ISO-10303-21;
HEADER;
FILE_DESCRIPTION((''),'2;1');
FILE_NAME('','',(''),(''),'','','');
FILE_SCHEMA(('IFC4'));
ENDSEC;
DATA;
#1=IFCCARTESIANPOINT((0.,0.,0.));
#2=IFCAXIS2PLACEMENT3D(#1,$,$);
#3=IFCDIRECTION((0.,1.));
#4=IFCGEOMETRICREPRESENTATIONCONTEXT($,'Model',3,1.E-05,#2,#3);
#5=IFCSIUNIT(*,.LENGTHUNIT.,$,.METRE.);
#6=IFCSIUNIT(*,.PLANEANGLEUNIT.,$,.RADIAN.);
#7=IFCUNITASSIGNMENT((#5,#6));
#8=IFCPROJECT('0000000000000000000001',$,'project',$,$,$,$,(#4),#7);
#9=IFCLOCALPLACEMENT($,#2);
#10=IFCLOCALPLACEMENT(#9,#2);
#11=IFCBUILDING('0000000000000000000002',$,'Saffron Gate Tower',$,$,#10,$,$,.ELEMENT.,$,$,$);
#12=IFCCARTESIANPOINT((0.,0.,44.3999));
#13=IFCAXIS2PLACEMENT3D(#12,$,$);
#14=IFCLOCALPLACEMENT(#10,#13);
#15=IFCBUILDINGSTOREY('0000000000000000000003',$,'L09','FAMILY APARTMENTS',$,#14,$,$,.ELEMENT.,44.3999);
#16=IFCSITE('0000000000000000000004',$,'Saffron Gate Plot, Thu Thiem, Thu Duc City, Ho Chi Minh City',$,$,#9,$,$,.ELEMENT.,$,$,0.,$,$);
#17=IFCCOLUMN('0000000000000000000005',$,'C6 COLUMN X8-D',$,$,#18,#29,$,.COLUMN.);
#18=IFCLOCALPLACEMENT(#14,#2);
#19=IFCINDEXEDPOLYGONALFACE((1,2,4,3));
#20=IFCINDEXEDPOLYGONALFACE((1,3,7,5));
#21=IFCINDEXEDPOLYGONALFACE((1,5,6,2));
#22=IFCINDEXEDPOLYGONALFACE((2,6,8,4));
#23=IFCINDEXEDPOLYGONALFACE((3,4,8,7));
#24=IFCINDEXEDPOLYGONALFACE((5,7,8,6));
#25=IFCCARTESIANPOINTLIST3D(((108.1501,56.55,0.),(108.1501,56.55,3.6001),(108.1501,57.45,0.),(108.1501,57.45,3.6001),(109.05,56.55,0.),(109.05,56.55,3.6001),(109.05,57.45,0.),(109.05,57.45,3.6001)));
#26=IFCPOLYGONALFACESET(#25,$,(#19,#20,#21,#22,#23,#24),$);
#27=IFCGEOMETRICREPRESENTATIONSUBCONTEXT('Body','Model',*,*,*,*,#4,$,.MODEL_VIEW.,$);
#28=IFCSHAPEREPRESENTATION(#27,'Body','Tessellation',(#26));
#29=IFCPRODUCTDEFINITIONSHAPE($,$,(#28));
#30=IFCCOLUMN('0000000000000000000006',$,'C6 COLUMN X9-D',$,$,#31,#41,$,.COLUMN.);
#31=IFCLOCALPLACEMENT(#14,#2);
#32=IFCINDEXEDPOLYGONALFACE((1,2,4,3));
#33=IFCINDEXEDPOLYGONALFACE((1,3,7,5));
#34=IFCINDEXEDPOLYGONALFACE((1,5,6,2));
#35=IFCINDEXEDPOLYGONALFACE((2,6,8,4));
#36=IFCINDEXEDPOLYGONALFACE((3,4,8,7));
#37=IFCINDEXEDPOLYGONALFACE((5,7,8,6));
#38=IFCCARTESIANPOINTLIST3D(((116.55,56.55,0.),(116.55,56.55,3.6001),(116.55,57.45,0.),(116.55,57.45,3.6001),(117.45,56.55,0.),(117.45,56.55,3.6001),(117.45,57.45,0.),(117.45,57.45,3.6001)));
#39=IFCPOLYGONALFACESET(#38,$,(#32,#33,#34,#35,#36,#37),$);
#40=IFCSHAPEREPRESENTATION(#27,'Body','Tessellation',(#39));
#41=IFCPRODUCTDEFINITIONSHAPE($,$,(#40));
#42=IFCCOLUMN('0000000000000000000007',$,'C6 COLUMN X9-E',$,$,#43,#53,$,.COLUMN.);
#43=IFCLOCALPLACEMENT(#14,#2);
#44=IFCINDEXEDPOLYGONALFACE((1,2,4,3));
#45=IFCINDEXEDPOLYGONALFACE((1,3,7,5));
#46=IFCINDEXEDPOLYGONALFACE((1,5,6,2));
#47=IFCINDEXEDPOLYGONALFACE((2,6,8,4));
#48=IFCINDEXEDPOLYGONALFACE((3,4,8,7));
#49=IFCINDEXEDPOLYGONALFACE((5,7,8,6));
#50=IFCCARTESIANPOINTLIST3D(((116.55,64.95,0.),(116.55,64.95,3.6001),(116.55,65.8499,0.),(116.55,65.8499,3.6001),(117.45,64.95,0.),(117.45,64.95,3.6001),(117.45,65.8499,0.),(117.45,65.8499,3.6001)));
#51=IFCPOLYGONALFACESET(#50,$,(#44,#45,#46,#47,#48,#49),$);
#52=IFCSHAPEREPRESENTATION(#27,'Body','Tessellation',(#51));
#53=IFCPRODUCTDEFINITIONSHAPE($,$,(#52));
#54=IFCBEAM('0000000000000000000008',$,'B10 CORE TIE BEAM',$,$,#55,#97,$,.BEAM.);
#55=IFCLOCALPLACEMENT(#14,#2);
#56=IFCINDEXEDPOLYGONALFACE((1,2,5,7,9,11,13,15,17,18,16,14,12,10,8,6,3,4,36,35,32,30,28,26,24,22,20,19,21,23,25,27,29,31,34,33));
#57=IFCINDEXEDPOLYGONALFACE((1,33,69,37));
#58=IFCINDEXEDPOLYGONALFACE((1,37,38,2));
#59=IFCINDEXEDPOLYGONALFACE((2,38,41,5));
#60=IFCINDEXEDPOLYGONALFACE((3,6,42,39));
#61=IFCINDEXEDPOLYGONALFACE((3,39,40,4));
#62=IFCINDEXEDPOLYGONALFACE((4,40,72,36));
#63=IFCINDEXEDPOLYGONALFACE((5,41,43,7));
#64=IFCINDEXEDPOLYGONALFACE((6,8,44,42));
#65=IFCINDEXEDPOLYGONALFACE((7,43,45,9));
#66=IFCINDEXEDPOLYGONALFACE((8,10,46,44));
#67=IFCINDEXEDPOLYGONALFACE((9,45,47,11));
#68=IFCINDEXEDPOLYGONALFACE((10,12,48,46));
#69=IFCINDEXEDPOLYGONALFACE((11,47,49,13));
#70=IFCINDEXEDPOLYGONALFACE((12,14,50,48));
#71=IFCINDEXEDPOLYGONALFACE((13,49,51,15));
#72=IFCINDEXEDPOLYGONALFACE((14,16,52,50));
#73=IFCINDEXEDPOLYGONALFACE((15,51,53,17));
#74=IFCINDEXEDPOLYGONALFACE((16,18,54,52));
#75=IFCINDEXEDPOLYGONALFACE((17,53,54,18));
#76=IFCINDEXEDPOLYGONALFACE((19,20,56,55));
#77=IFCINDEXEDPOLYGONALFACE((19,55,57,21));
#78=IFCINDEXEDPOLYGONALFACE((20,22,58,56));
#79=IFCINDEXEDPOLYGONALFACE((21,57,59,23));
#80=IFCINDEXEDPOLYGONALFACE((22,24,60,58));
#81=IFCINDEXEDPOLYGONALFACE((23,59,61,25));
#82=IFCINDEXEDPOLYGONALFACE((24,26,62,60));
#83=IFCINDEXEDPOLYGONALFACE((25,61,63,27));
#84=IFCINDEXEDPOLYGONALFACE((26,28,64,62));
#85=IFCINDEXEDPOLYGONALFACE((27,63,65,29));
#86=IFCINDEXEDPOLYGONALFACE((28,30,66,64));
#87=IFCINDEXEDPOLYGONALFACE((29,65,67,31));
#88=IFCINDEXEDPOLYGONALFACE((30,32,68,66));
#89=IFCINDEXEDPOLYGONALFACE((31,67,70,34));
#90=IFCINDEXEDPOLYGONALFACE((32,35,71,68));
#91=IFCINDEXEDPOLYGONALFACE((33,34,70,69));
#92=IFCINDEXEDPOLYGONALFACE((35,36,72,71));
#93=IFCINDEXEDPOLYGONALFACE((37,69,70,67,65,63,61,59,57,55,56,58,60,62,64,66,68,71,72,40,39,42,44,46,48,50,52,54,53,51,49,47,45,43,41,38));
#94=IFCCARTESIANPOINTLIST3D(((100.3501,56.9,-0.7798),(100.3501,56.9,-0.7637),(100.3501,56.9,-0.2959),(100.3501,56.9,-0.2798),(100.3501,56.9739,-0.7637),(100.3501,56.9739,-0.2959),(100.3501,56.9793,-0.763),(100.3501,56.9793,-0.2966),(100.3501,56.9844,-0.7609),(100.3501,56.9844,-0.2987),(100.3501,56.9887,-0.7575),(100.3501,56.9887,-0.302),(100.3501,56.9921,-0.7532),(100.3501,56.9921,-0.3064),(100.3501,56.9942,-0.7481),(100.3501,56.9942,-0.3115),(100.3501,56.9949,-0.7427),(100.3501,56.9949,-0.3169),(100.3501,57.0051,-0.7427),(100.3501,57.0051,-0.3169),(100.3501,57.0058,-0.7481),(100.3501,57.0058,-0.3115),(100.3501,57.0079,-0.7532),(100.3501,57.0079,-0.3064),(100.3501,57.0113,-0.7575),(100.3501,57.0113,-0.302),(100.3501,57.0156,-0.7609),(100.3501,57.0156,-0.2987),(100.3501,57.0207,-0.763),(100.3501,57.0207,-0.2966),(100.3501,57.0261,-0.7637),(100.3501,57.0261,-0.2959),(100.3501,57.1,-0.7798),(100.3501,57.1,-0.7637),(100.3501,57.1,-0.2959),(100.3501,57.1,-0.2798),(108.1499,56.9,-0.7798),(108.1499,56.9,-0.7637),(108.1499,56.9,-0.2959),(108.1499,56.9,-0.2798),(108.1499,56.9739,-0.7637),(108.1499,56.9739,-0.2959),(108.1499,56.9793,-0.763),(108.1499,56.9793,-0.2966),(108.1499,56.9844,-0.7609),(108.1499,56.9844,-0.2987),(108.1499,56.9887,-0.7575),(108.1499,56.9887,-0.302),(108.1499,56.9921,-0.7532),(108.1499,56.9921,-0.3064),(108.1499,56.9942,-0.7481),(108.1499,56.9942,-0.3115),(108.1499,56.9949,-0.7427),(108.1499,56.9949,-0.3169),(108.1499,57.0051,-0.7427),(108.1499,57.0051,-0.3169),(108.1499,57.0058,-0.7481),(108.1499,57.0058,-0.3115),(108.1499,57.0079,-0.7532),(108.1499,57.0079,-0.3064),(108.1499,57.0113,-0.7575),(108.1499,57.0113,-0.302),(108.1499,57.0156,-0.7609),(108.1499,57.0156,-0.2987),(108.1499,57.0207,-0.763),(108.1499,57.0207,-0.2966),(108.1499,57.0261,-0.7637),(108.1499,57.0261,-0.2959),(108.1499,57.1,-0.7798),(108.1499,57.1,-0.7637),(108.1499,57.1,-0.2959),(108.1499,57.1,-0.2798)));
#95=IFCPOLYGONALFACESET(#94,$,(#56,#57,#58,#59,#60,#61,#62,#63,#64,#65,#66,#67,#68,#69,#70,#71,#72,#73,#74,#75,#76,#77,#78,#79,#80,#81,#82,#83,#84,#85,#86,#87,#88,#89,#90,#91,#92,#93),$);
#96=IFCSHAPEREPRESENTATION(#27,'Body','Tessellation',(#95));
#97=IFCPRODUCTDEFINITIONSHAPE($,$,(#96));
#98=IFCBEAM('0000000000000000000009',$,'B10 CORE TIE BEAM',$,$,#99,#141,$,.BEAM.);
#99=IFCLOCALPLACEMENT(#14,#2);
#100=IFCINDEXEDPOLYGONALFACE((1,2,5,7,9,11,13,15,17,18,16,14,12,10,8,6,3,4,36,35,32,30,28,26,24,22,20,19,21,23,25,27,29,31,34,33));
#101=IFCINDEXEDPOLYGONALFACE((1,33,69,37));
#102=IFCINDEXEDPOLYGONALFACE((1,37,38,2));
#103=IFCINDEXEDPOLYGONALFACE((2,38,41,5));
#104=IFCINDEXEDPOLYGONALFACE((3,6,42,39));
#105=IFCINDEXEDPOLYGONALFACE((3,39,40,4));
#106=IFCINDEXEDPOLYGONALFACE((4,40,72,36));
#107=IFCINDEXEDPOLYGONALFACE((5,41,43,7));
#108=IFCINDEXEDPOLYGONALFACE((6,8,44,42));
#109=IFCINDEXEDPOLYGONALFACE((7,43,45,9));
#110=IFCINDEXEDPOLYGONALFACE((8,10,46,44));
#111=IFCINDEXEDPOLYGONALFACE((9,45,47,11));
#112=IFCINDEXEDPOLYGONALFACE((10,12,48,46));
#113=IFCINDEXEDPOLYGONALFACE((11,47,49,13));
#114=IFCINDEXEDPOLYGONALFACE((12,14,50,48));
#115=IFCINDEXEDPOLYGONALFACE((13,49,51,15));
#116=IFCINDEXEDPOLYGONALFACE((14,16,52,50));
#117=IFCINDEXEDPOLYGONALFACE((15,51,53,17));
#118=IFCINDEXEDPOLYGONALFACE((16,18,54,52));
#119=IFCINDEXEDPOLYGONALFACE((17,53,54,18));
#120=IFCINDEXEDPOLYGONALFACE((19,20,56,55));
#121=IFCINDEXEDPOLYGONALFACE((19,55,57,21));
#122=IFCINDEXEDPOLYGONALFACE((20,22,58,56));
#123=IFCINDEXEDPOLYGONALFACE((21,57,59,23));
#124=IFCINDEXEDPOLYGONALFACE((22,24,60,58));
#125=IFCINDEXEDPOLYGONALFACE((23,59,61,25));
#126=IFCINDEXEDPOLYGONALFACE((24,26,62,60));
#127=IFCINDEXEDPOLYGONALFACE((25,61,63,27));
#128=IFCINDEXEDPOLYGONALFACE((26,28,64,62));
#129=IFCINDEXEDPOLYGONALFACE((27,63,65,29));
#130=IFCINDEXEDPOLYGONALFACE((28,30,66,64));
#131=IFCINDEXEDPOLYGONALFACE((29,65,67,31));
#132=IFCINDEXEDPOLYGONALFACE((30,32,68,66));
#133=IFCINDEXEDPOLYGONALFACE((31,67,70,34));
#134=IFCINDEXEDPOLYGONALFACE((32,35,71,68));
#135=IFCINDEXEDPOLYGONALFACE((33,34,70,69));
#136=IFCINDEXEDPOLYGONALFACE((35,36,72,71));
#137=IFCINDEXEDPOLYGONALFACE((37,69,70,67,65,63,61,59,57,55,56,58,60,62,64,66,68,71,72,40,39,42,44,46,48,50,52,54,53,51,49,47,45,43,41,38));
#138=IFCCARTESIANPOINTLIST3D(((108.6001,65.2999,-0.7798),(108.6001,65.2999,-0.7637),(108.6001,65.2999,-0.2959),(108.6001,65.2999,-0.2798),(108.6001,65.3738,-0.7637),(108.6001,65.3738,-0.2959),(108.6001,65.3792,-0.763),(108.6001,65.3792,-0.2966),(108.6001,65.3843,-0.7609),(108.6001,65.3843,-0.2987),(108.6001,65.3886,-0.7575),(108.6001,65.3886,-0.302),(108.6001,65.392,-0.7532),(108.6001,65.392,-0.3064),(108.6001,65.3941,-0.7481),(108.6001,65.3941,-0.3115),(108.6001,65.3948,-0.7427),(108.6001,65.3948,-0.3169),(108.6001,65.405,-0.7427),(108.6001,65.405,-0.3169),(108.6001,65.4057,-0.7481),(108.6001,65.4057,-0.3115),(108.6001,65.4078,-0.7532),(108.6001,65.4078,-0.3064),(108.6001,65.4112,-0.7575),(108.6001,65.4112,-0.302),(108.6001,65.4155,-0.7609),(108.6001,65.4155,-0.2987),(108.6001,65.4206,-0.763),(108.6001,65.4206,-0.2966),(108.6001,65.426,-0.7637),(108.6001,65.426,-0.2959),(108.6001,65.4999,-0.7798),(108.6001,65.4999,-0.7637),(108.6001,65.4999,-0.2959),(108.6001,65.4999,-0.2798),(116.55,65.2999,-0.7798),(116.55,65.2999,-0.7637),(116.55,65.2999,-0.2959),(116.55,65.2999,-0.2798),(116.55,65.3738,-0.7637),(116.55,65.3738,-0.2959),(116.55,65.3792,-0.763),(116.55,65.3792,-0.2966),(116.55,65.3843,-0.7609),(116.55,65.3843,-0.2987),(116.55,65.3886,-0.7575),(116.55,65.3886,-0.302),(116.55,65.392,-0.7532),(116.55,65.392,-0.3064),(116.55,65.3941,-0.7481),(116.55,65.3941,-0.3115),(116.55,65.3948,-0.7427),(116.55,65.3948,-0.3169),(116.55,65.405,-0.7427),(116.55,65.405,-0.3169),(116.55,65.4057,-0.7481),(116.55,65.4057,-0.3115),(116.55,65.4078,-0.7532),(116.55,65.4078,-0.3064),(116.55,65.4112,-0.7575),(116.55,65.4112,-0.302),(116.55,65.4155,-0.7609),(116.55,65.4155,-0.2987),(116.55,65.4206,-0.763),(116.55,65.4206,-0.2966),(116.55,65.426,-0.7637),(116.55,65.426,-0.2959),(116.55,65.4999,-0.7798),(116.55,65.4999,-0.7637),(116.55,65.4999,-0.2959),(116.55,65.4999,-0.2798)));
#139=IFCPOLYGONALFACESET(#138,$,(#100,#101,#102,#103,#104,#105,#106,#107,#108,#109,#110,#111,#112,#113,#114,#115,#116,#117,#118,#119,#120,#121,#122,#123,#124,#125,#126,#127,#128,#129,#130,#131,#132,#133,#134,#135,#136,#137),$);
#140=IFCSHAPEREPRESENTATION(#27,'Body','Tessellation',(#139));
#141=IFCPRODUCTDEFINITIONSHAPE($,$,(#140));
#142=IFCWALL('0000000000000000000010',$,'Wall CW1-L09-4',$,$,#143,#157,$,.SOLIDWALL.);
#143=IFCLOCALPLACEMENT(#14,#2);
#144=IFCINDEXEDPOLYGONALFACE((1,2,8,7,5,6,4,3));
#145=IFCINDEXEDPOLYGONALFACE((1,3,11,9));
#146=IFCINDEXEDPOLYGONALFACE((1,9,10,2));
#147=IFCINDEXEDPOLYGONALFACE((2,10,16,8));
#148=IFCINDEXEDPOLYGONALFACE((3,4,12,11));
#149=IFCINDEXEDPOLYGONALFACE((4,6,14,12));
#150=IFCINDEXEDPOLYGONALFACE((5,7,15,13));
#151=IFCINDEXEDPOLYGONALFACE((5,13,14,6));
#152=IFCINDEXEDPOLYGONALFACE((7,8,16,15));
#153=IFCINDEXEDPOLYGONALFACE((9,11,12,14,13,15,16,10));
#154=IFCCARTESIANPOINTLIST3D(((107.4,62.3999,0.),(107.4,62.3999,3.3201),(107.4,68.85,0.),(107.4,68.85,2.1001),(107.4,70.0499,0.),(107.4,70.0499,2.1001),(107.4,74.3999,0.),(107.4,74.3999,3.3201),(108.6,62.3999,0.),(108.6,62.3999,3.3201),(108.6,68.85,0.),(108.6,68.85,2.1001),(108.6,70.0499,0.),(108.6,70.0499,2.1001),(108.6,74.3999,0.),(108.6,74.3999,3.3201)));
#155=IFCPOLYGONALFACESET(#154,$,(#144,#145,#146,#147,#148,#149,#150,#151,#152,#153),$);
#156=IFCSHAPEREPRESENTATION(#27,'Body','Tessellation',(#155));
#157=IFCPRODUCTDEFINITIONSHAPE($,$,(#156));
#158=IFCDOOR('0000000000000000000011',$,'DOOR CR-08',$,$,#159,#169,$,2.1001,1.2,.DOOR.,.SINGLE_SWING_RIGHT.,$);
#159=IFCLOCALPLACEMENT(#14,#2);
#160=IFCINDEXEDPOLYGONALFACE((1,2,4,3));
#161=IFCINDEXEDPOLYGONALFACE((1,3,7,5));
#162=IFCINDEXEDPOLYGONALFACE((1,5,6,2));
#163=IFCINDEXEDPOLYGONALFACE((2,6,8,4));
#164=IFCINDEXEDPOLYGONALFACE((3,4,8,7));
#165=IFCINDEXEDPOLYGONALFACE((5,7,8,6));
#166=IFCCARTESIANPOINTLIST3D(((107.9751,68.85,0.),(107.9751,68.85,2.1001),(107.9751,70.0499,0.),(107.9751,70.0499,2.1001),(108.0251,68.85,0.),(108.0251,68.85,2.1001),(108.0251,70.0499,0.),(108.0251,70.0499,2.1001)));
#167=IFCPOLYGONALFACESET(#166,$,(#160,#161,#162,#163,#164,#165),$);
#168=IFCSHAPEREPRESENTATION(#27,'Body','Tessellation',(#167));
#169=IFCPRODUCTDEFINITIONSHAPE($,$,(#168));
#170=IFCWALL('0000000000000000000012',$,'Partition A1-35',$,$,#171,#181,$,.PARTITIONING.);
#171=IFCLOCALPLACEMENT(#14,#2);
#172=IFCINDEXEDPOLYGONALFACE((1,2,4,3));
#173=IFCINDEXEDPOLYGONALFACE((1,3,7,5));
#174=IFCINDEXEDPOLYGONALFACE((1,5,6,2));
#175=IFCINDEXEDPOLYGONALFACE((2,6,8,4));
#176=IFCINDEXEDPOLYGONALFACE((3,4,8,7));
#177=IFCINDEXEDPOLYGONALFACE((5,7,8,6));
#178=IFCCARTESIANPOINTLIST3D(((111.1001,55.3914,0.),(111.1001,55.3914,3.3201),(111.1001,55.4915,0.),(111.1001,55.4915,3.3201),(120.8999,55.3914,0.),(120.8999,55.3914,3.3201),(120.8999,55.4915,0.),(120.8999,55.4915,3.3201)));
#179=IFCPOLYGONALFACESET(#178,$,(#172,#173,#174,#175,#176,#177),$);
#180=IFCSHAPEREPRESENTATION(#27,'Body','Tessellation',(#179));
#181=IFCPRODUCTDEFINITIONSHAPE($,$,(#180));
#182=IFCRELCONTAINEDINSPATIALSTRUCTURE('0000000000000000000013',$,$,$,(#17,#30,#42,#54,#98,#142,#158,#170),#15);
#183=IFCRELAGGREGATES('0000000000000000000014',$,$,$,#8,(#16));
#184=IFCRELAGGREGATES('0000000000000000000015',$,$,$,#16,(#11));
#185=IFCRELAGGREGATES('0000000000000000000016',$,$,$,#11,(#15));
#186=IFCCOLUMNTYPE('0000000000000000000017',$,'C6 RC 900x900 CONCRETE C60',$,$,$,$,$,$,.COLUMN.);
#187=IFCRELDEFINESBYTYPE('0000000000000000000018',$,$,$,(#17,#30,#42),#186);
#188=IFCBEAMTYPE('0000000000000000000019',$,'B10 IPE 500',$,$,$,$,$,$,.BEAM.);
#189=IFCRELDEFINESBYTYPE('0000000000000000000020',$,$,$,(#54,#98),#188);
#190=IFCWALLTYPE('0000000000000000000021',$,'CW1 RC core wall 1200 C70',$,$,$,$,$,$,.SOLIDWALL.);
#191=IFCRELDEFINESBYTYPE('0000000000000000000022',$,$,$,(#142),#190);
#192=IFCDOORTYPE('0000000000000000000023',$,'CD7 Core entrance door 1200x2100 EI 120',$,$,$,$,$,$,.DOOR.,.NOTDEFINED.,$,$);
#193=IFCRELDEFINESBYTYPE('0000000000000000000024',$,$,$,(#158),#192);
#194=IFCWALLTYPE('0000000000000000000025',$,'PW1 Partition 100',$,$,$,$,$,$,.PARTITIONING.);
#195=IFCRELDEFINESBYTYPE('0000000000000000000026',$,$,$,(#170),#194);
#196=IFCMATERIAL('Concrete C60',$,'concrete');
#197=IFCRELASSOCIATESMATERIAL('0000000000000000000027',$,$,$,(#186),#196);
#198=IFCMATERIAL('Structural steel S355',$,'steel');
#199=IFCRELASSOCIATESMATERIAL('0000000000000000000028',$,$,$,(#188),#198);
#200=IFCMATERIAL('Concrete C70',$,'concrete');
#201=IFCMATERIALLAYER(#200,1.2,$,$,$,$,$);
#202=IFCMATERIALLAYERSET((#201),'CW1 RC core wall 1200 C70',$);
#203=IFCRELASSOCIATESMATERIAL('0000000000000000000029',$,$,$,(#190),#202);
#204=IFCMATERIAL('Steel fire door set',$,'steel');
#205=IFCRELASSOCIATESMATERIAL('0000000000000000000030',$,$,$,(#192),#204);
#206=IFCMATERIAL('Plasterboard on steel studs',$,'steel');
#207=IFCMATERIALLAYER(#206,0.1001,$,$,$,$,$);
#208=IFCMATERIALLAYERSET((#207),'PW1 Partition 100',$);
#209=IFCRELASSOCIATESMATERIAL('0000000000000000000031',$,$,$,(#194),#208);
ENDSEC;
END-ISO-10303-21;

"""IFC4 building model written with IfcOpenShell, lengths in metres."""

from ifc_helpers import new_model, si_unit, direction, frame, frame_2d, origin, origin_2d, place, context, subcontext, project, spatial, rectangle, i_section, extrude, material, layer, layer_set, material_profile, profile_set, type_object, element, fill, save


model = new_model("IFC4")

# Units and contexts
model_context = context("Model", 3, precision=1e-05, world=origin(), true_north=direction((0.0, 1.0)))
body_context = subcontext(model_context, "Body", "Model", "MODEL_VIEW")
ifc_project = project(units=[si_unit("LENGTHUNIT", "METRE"), si_unit("PLANEANGLEUNIT", "RADIAN")], contexts=[model_context])

# Site, building, storey
site_placement = place(None, origin())
site = spatial("IfcSite", under=ifc_project, at=site_placement, Name="Saffron Gate Plot, Thu Thiem, Thu Duc City, Ho Chi Minh City", CompositionType="ELEMENT", RefElevation=0.0)
building_placement = place(site_placement, origin())
building = spatial("IfcBuilding", under=site, at=building_placement, Name="Saffron Gate Tower", CompositionType="ELEMENT")
storey_placement = place(building_placement, frame((0.0, 0.0, 44.3999)))
storey = spatial("IfcBuildingStorey", under=building, at=storey_placement, Name="L09", Description="FAMILY APARTMENTS", CompositionType="ELEMENT", Elevation=44.3999)

# Columns
ifc_material_1 = material(Name="Concrete C60", Category="concrete")
ifc_material_profile_1 = material_profile(ifc_material_1, rectangle(XDim=0.8999, YDim=0.8999, at=origin_2d()))
ifc_profile_set_1 = profile_set([ifc_material_profile_1], Name="Concrete C60")
column_type = type_object("IfcColumnType", Name="C6 RC 900x900 CONCRETE C60", PredefinedType="COLUMN", material=ifc_profile_set_1)
for number, where, z_axis, x_axis, name in (
    (1, (108.6001, 57.0, 0.0), (0.0, 0.0, 1.0), (1.0, 0.0, 0.0), "C6 COLUMN X8-D"),
    (2, (117.0, 57.0, 0.0), (0.0, 0.0, 1.0), (1.0, 0.0, 0.0), "C6 COLUMN X9-D"),
    (3, (117.0, 65.3999, 0.0), (0.0, 0.0, 1.0), (1.0, 0.0, 0.0), "C6 COLUMN X9-E"),
):
    element("IfcColumn", number, at=place(storey_placement, frame(where, z_axis=z_axis, x_axis=x_axis)), inside=storey, type_object=column_type, Name=name, PredefinedType="COLUMN", context=body_context, shape_type="SweptSolid", body=[
        extrude(rectangle(XDim=0.8999, YDim=0.8999, at=origin_2d()), origin(), (0.0, 0.0, 1.0), 3.6001),
    ])

# Beams
ifc_material_2 = material(Name="Structural steel S355", Category="steel")
ifc_material_profile_2 = material_profile(ifc_material_2, i_section(OverallWidth=0.2, OverallDepth=0.5, WebThickness=0.0103, FlangeThickness=0.0161, FilletRadius=0.021, at=origin_2d()))
ifc_profile_set_2 = profile_set([ifc_material_profile_2], Name="Structural steel S355")
beam_type = type_object("IfcBeamType", Name="B10 IPE 500", PredefinedType="BEAM", material=ifc_profile_set_2)
beam_1_placement = place(storey_placement, frame((108.1499, 57.0, -0.5298), z_axis=(-1.0, 0.0, 0.0), x_axis=(0.0, -1.0, 0.0)))
element("IfcBeam", 4, at=beam_1_placement, inside=storey, type_object=beam_type, Name="B10 CORE TIE BEAM", PredefinedType="BEAM", context=body_context, shape_type="SweptSolid", body=[
    extrude(i_section(OverallWidth=0.2, OverallDepth=0.5, WebThickness=0.0103, FlangeThickness=0.0161, FilletRadius=0.021, at=origin_2d()), origin(), (0.0, 0.0, 1.0), 7.7998),
])
beam_2_placement = place(storey_placement, frame((116.55, 65.3999, -0.5298), z_axis=(-1.0, 0.0, 0.0), x_axis=(0.0, -1.0, 0.0)))
element("IfcBeam", 5, at=beam_2_placement, inside=storey, type_object=beam_type, Name="B10 CORE TIE BEAM", PredefinedType="BEAM", context=body_context, shape_type="SweptSolid", body=[
    extrude(i_section(OverallWidth=0.2, OverallDepth=0.5, WebThickness=0.0103, FlangeThickness=0.0161, FilletRadius=0.021, at=origin_2d()), origin(), (0.0, 0.0, 1.0), 7.95),
])

# Wall, opening, door
ifc_material_3 = material(Name="Concrete C70", Category="concrete")
ifc_layer_1 = layer(ifc_material_3, 1.2)
ifc_layer_set_1 = layer_set([ifc_layer_1], Name="CW1 RC core wall 1200 C70")
wall_type_1 = type_object("IfcWallType", Name="CW1 RC core wall 1200 C70", PredefinedType="SOLIDWALL", material=ifc_layer_set_1)
wall_1_placement = place(storey_placement, frame((108.0, 62.3999, 0.0), z_axis=(0.0, 0.0, 1.0), x_axis=(0.0, 1.0, 0.0)))
wall_1 = element("IfcWall", 6, at=wall_1_placement, inside=storey, type_object=wall_type_1, Name="Wall CW1-L09-4", PredefinedType="SOLIDWALL", context=body_context, shape_type="SweptSolid", body=[
    extrude(rectangle(XDim=12.0, YDim=1.2, at=frame_2d((6.0, 0.0))), origin(), (0.0, 0.0, 1.0), 3.3201),
])
opening_1_placement = place(wall_1_placement, frame((6.45, 0.0, 0.0)))
opening_1 = element("IfcOpeningElement", 7, at=opening_1_placement, cuts=wall_1, PredefinedType="OPENING", context=body_context, shape_type="SweptSolid", body=[
    extrude(rectangle(XDim=1.2, YDim=2.1001, at=frame_2d((0.6001, 1.05))), frame((0.0, 0.6099, 0.0), z_axis=(0.0, -1.0, 0.0), x_axis=(1.0, 0.0, 0.0)), (0.0, 0.0, 1.0), 1.22),
])
ifc_material_4 = material(Name="Steel fire door set", Category="steel")
door_type_1 = type_object("IfcDoorType", Name="CD7 Core entrance door 1200x2100 EI 120", OperationType="NOTDEFINED", PredefinedType="DOOR", material=ifc_material_4)
door_1_placement = place(opening_1_placement, origin())
door_1 = element("IfcDoor", 8, at=door_1_placement, inside=storey, type_object=door_type_1, Name="DOOR CR-08", OperationType="SINGLE_SWING_RIGHT", OverallHeight=2.1001, OverallWidth=1.2, PredefinedType="DOOR", context=body_context, shape_type="SweptSolid", body=[
    extrude(rectangle(XDim=1.2, YDim=2.1001, at=frame_2d((0.6001, 1.05))), frame((0.0, 0.0249, 0.0), z_axis=(0.0, -1.0, 0.0), x_axis=(1.0, 0.0, 0.0)), (0.0, 0.0, 1.0), 0.05),
])
fill(opening_1, door_1)

# Wall
ifc_material_5 = material(Name="Plasterboard on steel studs", Category="steel")
ifc_layer_2 = layer(ifc_material_5, 0.1001)
ifc_layer_set_2 = layer_set([ifc_layer_2], Name="PW1 Partition 100")
wall_type_2 = type_object("IfcWallType", Name="PW1 Partition 100", PredefinedType="PARTITIONING", material=ifc_layer_set_2)
wall_2_placement = place(storey_placement, frame((111.1001, 55.4414, 0.0), z_axis=(0.0, 0.0, 1.0), x_axis=(1.0, 0.0, 0.0)))
element("IfcWall", 9, at=wall_2_placement, inside=storey, type_object=wall_type_2, Name="Partition A1-35", PredefinedType="PARTITIONING", context=body_context, shape_type="SweptSolid", body=[
    extrude(rectangle(XDim=9.7998, YDim=0.1001, at=frame_2d((4.8999, 0.0))), origin(), (0.0, 0.0, 1.0), 3.3201),
])

save(model, "model.ifc")
